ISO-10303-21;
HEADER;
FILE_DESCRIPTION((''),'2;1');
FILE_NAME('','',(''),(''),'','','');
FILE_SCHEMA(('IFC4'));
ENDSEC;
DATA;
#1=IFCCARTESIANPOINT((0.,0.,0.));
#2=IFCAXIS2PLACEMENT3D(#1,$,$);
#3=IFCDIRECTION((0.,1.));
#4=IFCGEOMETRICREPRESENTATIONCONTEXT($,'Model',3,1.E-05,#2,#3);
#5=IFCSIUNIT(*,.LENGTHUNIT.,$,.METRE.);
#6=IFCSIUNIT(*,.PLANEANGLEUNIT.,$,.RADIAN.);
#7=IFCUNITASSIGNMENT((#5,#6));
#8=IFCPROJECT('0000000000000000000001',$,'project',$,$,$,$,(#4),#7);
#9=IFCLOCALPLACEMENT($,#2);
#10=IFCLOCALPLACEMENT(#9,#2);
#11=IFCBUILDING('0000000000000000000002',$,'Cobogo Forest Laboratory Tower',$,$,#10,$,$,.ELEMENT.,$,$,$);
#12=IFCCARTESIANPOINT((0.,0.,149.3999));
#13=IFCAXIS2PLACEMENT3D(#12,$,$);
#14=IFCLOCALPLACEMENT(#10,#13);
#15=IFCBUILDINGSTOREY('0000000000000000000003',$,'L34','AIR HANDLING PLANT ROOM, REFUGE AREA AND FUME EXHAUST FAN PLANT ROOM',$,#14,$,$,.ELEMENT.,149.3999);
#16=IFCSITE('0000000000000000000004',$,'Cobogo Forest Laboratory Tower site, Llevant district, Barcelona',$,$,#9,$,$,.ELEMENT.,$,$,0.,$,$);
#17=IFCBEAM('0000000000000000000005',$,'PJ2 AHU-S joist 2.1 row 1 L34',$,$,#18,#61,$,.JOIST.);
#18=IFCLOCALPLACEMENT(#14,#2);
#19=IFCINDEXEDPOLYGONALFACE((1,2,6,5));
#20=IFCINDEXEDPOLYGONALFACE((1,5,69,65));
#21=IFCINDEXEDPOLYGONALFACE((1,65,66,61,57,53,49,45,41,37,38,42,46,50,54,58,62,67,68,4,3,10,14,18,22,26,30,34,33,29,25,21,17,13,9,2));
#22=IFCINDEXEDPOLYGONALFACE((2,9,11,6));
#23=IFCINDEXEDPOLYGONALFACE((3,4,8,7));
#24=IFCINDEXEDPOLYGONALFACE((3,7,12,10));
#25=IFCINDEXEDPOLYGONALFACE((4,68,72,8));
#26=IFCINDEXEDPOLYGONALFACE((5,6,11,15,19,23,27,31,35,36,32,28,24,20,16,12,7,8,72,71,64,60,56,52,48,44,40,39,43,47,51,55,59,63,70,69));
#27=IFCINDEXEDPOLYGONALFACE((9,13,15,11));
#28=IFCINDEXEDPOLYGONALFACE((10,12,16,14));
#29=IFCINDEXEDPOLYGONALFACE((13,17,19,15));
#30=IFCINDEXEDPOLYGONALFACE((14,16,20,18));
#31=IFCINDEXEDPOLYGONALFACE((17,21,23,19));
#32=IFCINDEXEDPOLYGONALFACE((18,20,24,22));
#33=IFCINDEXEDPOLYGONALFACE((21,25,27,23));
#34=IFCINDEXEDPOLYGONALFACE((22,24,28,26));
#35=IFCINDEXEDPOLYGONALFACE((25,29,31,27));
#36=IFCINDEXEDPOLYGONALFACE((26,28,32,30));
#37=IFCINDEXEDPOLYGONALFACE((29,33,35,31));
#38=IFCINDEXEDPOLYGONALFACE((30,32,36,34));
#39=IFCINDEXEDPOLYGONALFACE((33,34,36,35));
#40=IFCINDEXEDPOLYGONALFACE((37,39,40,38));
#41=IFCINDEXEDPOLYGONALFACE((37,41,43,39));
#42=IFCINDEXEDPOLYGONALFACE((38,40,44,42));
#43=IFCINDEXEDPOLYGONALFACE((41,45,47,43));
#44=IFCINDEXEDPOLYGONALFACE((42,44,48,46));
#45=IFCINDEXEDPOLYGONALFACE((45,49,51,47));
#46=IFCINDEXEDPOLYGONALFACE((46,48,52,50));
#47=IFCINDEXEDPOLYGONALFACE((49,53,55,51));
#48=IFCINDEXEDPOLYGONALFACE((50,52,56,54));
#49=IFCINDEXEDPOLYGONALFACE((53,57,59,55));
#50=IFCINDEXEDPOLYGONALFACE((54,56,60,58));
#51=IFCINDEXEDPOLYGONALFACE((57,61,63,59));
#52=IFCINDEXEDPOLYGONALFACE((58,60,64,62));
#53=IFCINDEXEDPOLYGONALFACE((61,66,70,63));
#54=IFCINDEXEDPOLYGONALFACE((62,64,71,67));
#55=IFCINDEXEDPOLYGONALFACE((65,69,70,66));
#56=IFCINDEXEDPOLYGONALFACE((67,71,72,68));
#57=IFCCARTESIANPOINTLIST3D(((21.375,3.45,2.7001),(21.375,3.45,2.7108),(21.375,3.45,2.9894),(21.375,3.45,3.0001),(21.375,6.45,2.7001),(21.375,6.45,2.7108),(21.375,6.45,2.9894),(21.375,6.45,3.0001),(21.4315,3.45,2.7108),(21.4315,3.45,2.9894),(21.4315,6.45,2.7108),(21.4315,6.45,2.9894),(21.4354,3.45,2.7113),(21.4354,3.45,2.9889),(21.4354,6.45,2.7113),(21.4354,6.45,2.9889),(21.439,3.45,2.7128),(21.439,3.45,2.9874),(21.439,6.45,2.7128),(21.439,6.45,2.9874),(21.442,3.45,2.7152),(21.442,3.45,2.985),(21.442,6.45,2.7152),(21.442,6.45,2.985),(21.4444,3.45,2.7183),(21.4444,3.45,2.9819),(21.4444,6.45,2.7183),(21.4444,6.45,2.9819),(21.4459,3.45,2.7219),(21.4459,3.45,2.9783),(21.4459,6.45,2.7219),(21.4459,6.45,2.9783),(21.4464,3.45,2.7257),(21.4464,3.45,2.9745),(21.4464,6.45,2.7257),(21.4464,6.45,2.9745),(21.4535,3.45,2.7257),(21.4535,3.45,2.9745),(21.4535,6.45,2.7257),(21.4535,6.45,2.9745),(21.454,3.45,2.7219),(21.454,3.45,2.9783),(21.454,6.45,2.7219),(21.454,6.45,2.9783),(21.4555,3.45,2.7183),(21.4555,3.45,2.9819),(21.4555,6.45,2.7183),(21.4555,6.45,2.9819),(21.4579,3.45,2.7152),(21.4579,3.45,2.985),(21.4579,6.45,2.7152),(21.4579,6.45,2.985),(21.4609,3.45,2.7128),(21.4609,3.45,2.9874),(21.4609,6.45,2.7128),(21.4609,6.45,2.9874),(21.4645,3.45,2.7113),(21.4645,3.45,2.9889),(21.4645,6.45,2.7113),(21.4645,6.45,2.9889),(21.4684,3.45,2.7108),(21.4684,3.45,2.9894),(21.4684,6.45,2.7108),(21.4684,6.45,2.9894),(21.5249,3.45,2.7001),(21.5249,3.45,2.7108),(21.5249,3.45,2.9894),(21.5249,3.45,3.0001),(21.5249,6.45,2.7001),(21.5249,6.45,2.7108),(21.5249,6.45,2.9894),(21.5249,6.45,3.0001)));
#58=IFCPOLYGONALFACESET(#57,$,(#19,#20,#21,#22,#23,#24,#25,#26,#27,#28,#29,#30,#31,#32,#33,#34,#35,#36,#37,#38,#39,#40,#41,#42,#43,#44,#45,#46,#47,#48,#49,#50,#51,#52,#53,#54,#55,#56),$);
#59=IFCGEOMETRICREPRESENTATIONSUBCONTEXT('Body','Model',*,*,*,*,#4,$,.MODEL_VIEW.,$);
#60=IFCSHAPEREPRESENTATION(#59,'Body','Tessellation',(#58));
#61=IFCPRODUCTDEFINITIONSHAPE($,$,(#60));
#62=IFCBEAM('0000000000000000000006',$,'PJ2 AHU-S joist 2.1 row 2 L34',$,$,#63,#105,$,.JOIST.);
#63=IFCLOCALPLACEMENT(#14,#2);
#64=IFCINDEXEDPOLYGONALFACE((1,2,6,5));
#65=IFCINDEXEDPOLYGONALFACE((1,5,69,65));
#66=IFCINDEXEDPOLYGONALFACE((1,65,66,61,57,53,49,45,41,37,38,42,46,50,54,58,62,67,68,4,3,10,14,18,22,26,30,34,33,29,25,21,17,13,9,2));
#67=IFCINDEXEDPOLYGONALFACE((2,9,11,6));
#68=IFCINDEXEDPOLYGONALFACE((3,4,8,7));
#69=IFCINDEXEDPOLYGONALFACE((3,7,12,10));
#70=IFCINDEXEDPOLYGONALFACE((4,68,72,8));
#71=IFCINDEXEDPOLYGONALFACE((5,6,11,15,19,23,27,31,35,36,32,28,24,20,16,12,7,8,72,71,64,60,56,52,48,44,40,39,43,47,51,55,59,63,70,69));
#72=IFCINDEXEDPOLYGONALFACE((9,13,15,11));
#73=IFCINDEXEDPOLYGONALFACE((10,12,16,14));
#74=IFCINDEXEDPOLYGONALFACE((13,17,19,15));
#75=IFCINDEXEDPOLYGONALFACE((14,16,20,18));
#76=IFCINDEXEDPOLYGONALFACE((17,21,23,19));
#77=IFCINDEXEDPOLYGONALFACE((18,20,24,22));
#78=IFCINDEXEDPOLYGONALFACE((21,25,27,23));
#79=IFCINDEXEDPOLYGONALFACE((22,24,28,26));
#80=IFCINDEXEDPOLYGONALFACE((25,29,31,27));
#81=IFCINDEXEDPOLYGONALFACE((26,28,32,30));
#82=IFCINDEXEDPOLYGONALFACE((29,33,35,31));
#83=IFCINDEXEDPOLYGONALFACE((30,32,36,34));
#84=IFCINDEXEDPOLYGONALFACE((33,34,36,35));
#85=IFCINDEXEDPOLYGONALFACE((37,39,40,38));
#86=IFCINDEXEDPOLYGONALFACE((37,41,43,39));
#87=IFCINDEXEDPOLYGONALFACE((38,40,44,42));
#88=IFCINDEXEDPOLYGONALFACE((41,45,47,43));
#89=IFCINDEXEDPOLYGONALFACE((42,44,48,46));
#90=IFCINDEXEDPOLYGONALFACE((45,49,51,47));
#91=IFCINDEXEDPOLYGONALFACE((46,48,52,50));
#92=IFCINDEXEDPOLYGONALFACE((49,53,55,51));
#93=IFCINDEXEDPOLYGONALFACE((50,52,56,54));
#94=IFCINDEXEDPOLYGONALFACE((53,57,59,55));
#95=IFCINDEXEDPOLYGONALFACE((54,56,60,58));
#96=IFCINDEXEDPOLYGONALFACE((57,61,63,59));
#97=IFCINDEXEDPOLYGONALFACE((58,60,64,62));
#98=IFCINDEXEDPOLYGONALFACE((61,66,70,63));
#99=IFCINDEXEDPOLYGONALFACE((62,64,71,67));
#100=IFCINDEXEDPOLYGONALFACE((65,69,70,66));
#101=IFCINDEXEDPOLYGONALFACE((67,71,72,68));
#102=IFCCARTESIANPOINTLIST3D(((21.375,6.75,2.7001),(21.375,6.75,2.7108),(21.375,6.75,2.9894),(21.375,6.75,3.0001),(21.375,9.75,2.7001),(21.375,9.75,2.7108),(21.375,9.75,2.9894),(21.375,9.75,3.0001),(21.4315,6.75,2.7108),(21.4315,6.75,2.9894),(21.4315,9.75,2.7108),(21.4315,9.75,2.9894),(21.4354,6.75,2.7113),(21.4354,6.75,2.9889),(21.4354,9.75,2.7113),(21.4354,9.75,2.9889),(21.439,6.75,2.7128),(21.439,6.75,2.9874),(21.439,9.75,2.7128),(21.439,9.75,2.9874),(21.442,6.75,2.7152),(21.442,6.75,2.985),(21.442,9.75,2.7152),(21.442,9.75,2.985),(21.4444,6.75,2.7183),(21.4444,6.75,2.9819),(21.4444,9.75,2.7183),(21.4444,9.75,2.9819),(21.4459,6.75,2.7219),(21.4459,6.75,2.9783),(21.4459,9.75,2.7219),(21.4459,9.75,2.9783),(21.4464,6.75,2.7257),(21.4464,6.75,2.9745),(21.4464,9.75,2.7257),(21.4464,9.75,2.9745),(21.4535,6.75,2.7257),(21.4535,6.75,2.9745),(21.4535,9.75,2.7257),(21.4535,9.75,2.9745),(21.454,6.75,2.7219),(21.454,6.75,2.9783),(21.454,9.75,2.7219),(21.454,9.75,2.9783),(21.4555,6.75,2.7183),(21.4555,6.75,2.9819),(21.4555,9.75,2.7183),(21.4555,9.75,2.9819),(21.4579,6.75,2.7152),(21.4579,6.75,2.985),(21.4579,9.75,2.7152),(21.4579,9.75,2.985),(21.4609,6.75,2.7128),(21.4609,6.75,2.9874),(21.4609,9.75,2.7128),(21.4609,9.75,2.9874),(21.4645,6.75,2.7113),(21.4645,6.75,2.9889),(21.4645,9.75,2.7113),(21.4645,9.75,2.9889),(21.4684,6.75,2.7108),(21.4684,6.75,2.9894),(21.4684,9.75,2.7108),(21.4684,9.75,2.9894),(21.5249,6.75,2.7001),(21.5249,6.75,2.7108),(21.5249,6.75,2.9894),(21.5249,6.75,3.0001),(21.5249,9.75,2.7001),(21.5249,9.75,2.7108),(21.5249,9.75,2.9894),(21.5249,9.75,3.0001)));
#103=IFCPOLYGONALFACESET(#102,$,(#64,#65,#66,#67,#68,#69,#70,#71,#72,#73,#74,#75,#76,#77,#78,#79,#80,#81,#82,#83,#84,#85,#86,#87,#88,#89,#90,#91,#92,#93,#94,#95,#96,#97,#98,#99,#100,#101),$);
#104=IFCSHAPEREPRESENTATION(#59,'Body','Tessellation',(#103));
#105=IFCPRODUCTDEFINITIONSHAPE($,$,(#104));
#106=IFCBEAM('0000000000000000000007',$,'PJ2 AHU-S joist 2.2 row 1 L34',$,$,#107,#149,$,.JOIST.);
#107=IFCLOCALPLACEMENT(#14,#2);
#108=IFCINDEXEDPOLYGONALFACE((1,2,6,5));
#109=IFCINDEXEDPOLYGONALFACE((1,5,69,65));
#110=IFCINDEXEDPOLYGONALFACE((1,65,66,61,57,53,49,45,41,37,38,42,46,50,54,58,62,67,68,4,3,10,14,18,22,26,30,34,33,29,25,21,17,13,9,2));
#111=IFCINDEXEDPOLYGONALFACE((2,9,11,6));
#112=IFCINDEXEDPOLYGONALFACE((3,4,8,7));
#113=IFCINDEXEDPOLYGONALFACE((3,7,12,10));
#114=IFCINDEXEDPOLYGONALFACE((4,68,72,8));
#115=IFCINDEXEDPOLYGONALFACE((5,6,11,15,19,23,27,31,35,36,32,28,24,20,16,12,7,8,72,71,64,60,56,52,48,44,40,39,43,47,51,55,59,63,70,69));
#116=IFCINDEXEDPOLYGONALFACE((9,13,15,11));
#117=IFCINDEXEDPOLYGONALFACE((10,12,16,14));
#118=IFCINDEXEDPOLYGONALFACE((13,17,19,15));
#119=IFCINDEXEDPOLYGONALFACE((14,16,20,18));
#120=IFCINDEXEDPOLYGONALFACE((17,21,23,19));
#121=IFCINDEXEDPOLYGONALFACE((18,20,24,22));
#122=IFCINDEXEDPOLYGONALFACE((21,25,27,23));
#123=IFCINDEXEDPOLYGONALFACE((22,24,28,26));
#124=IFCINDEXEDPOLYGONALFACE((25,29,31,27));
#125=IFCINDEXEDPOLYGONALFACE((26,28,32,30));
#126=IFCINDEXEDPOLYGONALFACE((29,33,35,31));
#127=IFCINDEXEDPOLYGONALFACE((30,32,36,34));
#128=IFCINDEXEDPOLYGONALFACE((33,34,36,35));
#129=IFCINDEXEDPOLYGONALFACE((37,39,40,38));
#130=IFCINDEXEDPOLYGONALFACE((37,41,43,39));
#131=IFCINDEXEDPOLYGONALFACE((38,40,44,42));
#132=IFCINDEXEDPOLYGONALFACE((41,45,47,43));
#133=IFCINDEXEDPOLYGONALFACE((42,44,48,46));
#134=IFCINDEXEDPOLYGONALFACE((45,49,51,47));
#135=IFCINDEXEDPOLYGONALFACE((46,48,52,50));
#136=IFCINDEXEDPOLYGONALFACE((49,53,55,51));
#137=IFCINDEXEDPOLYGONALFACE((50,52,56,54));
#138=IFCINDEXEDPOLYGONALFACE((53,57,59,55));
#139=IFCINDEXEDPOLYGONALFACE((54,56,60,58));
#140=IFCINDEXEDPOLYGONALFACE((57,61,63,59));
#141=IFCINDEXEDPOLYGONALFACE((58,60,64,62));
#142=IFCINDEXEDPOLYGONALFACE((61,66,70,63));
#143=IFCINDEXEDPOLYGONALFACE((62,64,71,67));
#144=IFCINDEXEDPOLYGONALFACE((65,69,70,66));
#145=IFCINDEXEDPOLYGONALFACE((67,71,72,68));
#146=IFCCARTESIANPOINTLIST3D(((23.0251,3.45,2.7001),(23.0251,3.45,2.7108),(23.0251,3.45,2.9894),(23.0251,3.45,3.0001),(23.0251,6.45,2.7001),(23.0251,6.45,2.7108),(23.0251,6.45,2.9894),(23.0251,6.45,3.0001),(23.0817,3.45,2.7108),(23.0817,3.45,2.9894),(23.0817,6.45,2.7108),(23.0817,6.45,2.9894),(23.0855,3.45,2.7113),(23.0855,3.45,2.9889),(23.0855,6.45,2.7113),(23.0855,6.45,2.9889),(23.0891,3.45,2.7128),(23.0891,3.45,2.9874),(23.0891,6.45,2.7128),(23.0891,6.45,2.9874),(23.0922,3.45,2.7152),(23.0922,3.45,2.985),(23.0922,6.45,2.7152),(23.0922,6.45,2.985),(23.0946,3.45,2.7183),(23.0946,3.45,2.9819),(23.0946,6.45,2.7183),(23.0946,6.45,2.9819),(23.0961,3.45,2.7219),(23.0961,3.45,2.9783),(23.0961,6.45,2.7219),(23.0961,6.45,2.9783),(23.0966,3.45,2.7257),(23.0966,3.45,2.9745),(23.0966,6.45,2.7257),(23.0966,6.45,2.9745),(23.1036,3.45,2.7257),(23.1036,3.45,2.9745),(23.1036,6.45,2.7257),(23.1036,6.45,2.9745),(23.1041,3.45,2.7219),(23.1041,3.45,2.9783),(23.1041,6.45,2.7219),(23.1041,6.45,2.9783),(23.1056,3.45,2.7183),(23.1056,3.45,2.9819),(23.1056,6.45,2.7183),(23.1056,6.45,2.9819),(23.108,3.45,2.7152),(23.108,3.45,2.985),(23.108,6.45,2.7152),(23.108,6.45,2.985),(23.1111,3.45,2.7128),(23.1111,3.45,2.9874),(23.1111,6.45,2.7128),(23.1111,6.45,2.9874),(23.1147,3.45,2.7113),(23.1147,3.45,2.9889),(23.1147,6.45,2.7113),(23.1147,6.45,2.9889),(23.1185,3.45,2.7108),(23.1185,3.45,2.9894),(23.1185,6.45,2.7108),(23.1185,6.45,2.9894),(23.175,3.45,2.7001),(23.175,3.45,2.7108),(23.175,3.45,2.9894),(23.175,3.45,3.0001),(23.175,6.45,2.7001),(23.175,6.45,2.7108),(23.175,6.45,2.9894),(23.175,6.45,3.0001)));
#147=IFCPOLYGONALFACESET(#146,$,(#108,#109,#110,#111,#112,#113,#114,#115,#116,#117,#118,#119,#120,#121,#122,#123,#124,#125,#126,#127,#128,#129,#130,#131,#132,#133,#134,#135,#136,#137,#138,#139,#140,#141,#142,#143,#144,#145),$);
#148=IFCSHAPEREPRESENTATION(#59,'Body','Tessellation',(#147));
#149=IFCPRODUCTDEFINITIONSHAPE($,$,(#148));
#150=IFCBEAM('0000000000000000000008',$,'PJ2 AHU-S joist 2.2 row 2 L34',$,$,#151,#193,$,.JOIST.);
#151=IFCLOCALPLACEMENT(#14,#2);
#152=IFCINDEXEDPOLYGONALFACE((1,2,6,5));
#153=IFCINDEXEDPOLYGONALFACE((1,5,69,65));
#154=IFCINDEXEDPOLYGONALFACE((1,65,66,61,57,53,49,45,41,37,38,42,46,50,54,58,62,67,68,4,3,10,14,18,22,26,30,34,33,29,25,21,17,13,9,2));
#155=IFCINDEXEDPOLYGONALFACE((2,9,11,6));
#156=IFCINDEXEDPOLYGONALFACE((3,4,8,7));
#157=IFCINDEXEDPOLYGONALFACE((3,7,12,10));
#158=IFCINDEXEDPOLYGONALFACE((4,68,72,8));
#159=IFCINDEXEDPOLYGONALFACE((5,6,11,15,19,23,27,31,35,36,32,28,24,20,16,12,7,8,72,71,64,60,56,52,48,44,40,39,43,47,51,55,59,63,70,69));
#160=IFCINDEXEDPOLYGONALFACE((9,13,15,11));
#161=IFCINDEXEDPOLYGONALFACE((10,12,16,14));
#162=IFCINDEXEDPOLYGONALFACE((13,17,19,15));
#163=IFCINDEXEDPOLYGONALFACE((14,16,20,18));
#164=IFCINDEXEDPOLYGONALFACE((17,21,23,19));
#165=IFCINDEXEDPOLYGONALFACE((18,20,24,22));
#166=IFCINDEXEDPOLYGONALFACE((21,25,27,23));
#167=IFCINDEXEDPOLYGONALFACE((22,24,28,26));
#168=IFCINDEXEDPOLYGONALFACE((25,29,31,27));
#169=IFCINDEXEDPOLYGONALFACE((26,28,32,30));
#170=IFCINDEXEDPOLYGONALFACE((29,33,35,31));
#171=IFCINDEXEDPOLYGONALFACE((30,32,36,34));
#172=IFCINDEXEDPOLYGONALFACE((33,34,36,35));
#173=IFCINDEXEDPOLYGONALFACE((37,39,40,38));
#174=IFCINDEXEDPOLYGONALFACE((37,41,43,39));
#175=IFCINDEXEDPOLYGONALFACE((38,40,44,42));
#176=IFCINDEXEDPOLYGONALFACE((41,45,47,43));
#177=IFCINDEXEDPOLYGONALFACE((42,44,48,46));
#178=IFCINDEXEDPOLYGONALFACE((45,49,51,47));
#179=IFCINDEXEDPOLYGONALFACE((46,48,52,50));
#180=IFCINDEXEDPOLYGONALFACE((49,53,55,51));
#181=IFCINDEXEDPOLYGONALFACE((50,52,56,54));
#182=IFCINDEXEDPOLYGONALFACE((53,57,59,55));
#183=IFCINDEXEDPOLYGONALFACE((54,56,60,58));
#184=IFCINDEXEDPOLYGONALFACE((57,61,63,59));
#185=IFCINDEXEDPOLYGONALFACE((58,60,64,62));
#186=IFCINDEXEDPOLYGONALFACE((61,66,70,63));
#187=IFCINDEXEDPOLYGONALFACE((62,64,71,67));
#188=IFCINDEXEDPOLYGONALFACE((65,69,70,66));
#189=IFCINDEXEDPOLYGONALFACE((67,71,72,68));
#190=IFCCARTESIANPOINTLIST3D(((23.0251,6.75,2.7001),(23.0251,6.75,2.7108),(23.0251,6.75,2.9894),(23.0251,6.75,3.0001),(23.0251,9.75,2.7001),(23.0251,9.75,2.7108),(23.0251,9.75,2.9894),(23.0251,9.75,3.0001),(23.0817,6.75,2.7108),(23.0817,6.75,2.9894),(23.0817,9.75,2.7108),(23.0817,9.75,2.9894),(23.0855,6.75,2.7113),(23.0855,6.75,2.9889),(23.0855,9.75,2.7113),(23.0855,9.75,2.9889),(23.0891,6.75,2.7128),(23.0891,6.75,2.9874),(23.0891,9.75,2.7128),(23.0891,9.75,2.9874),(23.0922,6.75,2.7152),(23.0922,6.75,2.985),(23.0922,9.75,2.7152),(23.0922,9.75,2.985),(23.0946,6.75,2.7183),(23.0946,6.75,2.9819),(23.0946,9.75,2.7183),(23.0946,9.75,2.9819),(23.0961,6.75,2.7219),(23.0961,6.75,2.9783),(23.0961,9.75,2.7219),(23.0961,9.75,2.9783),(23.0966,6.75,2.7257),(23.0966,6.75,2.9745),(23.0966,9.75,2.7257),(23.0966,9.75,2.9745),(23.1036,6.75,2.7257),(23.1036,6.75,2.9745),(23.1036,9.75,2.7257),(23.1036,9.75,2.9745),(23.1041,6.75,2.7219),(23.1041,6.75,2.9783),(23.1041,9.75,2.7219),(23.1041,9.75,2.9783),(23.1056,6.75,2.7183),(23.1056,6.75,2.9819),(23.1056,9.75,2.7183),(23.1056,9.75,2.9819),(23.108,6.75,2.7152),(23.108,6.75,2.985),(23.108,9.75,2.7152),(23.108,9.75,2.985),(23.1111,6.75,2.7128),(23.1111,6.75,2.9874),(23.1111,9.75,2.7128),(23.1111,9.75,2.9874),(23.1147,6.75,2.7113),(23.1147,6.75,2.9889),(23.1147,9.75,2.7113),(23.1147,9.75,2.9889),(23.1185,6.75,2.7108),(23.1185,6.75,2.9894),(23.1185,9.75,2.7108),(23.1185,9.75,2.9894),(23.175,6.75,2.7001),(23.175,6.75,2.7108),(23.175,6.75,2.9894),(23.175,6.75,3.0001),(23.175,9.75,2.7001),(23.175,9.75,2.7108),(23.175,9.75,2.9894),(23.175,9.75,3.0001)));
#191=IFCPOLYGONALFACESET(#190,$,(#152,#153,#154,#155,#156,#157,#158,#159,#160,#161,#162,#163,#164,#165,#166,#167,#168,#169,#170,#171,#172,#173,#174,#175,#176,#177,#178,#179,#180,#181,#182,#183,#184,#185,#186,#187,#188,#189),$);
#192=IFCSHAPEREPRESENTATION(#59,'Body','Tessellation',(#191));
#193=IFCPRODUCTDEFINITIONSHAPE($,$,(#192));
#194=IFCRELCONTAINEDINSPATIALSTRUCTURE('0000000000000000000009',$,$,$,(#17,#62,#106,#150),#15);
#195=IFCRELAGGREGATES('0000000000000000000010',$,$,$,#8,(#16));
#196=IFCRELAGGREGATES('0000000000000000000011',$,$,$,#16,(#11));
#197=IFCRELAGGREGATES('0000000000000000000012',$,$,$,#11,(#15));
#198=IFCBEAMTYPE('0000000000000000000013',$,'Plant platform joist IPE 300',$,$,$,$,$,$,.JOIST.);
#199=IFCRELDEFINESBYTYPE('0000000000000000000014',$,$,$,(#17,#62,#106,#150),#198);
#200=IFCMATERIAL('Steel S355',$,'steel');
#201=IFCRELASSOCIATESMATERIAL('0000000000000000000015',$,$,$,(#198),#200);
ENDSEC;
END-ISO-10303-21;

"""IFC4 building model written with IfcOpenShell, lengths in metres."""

from ifc_helpers import new_model, si_unit, direction, frame, origin, origin_2d, place, context, subcontext, project, spatial, i_section, extrude, material, material_profile, profile_set, type_object, element, save


model = new_model("IFC4")

# Units and contexts
model_context = context("Model", 3, precision=1e-05, world=origin(), true_north=direction((0.0, 1.0)))
body_context = subcontext(model_context, "Body", "Model", "MODEL_VIEW")
ifc_project = project(units=[si_unit("LENGTHUNIT", "METRE"), si_unit("PLANEANGLEUNIT", "RADIAN")], contexts=[model_context])

# Site, building, storey
site_placement = place(None, origin())
site = spatial("IfcSite", under=ifc_project, at=site_placement, Name="Cobogo Forest Laboratory Tower site, Llevant district, Barcelona", CompositionType="ELEMENT", RefElevation=0.0)
building_placement = place(site_placement, origin())
building = spatial("IfcBuilding", under=site, at=building_placement, Name="Cobogo Forest Laboratory Tower", CompositionType="ELEMENT")
storey_placement = place(building_placement, frame((0.0, 0.0, 149.3999)))
storey = spatial("IfcBuildingStorey", under=building, at=storey_placement, Name="L34", Description="AIR HANDLING PLANT ROOM, REFUGE AREA AND FUME EXHAUST FAN PLANT ROOM", CompositionType="ELEMENT", Elevation=149.3999)

# Beams
ifc_material_1 = material(Name="Steel S355", Category="steel")
ifc_material_profile_1 = material_profile(ifc_material_1, i_section(OverallWidth=0.1499, OverallDepth=0.3, WebThickness=0.0071, FlangeThickness=0.0107, FilletRadius=0.0149, at=origin_2d()), Name="IPE 300")
ifc_profile_set_1 = profile_set([ifc_material_profile_1], Name="Steel S355")
beam_type_1 = type_object("IfcBeamType", Name="Plant platform joist IPE 300", PredefinedType="JOIST", material=ifc_profile_set_1)
for number, where, z_axis, x_axis, name in (
    (1, (21.45, 3.45, 2.8501), (0.0, 1.0, 0.0), (-1.0, 0.0, 0.0), "PJ2 AHU-S joist 2.1 row 1 L34"),
    (2, (21.45, 6.75, 2.8501), (0.0, 1.0, 0.0), (-1.0, 0.0, 0.0), "PJ2 AHU-S joist 2.1 row 2 L34"),
    (3, (23.1001, 3.45, 2.8501), (0.0, 1.0, 0.0), (-1.0, 0.0, 0.0), "PJ2 AHU-S joist 2.2 row 1 L34"),
    (4, (23.1001, 6.75, 2.8501), (0.0, 1.0, 0.0), (-1.0, 0.0, 0.0), "PJ2 AHU-S joist 2.2 row 2 L34"),
):
    element("IfcBeam", number, at=place(storey_placement, frame(where, z_axis=z_axis, x_axis=x_axis)), inside=storey, type_object=beam_type_1, Name=name, PredefinedType="JOIST", context=body_context, shape_type="SweptSolid", body=[
        extrude(i_section(OverallWidth=0.1499, OverallDepth=0.3, WebThickness=0.0071, FlangeThickness=0.0107, FilletRadius=0.0149, at=origin_2d()), origin(), (0.0, 0.0, 1.0), 3.0),
    ])

save(model, "model.ifc")
